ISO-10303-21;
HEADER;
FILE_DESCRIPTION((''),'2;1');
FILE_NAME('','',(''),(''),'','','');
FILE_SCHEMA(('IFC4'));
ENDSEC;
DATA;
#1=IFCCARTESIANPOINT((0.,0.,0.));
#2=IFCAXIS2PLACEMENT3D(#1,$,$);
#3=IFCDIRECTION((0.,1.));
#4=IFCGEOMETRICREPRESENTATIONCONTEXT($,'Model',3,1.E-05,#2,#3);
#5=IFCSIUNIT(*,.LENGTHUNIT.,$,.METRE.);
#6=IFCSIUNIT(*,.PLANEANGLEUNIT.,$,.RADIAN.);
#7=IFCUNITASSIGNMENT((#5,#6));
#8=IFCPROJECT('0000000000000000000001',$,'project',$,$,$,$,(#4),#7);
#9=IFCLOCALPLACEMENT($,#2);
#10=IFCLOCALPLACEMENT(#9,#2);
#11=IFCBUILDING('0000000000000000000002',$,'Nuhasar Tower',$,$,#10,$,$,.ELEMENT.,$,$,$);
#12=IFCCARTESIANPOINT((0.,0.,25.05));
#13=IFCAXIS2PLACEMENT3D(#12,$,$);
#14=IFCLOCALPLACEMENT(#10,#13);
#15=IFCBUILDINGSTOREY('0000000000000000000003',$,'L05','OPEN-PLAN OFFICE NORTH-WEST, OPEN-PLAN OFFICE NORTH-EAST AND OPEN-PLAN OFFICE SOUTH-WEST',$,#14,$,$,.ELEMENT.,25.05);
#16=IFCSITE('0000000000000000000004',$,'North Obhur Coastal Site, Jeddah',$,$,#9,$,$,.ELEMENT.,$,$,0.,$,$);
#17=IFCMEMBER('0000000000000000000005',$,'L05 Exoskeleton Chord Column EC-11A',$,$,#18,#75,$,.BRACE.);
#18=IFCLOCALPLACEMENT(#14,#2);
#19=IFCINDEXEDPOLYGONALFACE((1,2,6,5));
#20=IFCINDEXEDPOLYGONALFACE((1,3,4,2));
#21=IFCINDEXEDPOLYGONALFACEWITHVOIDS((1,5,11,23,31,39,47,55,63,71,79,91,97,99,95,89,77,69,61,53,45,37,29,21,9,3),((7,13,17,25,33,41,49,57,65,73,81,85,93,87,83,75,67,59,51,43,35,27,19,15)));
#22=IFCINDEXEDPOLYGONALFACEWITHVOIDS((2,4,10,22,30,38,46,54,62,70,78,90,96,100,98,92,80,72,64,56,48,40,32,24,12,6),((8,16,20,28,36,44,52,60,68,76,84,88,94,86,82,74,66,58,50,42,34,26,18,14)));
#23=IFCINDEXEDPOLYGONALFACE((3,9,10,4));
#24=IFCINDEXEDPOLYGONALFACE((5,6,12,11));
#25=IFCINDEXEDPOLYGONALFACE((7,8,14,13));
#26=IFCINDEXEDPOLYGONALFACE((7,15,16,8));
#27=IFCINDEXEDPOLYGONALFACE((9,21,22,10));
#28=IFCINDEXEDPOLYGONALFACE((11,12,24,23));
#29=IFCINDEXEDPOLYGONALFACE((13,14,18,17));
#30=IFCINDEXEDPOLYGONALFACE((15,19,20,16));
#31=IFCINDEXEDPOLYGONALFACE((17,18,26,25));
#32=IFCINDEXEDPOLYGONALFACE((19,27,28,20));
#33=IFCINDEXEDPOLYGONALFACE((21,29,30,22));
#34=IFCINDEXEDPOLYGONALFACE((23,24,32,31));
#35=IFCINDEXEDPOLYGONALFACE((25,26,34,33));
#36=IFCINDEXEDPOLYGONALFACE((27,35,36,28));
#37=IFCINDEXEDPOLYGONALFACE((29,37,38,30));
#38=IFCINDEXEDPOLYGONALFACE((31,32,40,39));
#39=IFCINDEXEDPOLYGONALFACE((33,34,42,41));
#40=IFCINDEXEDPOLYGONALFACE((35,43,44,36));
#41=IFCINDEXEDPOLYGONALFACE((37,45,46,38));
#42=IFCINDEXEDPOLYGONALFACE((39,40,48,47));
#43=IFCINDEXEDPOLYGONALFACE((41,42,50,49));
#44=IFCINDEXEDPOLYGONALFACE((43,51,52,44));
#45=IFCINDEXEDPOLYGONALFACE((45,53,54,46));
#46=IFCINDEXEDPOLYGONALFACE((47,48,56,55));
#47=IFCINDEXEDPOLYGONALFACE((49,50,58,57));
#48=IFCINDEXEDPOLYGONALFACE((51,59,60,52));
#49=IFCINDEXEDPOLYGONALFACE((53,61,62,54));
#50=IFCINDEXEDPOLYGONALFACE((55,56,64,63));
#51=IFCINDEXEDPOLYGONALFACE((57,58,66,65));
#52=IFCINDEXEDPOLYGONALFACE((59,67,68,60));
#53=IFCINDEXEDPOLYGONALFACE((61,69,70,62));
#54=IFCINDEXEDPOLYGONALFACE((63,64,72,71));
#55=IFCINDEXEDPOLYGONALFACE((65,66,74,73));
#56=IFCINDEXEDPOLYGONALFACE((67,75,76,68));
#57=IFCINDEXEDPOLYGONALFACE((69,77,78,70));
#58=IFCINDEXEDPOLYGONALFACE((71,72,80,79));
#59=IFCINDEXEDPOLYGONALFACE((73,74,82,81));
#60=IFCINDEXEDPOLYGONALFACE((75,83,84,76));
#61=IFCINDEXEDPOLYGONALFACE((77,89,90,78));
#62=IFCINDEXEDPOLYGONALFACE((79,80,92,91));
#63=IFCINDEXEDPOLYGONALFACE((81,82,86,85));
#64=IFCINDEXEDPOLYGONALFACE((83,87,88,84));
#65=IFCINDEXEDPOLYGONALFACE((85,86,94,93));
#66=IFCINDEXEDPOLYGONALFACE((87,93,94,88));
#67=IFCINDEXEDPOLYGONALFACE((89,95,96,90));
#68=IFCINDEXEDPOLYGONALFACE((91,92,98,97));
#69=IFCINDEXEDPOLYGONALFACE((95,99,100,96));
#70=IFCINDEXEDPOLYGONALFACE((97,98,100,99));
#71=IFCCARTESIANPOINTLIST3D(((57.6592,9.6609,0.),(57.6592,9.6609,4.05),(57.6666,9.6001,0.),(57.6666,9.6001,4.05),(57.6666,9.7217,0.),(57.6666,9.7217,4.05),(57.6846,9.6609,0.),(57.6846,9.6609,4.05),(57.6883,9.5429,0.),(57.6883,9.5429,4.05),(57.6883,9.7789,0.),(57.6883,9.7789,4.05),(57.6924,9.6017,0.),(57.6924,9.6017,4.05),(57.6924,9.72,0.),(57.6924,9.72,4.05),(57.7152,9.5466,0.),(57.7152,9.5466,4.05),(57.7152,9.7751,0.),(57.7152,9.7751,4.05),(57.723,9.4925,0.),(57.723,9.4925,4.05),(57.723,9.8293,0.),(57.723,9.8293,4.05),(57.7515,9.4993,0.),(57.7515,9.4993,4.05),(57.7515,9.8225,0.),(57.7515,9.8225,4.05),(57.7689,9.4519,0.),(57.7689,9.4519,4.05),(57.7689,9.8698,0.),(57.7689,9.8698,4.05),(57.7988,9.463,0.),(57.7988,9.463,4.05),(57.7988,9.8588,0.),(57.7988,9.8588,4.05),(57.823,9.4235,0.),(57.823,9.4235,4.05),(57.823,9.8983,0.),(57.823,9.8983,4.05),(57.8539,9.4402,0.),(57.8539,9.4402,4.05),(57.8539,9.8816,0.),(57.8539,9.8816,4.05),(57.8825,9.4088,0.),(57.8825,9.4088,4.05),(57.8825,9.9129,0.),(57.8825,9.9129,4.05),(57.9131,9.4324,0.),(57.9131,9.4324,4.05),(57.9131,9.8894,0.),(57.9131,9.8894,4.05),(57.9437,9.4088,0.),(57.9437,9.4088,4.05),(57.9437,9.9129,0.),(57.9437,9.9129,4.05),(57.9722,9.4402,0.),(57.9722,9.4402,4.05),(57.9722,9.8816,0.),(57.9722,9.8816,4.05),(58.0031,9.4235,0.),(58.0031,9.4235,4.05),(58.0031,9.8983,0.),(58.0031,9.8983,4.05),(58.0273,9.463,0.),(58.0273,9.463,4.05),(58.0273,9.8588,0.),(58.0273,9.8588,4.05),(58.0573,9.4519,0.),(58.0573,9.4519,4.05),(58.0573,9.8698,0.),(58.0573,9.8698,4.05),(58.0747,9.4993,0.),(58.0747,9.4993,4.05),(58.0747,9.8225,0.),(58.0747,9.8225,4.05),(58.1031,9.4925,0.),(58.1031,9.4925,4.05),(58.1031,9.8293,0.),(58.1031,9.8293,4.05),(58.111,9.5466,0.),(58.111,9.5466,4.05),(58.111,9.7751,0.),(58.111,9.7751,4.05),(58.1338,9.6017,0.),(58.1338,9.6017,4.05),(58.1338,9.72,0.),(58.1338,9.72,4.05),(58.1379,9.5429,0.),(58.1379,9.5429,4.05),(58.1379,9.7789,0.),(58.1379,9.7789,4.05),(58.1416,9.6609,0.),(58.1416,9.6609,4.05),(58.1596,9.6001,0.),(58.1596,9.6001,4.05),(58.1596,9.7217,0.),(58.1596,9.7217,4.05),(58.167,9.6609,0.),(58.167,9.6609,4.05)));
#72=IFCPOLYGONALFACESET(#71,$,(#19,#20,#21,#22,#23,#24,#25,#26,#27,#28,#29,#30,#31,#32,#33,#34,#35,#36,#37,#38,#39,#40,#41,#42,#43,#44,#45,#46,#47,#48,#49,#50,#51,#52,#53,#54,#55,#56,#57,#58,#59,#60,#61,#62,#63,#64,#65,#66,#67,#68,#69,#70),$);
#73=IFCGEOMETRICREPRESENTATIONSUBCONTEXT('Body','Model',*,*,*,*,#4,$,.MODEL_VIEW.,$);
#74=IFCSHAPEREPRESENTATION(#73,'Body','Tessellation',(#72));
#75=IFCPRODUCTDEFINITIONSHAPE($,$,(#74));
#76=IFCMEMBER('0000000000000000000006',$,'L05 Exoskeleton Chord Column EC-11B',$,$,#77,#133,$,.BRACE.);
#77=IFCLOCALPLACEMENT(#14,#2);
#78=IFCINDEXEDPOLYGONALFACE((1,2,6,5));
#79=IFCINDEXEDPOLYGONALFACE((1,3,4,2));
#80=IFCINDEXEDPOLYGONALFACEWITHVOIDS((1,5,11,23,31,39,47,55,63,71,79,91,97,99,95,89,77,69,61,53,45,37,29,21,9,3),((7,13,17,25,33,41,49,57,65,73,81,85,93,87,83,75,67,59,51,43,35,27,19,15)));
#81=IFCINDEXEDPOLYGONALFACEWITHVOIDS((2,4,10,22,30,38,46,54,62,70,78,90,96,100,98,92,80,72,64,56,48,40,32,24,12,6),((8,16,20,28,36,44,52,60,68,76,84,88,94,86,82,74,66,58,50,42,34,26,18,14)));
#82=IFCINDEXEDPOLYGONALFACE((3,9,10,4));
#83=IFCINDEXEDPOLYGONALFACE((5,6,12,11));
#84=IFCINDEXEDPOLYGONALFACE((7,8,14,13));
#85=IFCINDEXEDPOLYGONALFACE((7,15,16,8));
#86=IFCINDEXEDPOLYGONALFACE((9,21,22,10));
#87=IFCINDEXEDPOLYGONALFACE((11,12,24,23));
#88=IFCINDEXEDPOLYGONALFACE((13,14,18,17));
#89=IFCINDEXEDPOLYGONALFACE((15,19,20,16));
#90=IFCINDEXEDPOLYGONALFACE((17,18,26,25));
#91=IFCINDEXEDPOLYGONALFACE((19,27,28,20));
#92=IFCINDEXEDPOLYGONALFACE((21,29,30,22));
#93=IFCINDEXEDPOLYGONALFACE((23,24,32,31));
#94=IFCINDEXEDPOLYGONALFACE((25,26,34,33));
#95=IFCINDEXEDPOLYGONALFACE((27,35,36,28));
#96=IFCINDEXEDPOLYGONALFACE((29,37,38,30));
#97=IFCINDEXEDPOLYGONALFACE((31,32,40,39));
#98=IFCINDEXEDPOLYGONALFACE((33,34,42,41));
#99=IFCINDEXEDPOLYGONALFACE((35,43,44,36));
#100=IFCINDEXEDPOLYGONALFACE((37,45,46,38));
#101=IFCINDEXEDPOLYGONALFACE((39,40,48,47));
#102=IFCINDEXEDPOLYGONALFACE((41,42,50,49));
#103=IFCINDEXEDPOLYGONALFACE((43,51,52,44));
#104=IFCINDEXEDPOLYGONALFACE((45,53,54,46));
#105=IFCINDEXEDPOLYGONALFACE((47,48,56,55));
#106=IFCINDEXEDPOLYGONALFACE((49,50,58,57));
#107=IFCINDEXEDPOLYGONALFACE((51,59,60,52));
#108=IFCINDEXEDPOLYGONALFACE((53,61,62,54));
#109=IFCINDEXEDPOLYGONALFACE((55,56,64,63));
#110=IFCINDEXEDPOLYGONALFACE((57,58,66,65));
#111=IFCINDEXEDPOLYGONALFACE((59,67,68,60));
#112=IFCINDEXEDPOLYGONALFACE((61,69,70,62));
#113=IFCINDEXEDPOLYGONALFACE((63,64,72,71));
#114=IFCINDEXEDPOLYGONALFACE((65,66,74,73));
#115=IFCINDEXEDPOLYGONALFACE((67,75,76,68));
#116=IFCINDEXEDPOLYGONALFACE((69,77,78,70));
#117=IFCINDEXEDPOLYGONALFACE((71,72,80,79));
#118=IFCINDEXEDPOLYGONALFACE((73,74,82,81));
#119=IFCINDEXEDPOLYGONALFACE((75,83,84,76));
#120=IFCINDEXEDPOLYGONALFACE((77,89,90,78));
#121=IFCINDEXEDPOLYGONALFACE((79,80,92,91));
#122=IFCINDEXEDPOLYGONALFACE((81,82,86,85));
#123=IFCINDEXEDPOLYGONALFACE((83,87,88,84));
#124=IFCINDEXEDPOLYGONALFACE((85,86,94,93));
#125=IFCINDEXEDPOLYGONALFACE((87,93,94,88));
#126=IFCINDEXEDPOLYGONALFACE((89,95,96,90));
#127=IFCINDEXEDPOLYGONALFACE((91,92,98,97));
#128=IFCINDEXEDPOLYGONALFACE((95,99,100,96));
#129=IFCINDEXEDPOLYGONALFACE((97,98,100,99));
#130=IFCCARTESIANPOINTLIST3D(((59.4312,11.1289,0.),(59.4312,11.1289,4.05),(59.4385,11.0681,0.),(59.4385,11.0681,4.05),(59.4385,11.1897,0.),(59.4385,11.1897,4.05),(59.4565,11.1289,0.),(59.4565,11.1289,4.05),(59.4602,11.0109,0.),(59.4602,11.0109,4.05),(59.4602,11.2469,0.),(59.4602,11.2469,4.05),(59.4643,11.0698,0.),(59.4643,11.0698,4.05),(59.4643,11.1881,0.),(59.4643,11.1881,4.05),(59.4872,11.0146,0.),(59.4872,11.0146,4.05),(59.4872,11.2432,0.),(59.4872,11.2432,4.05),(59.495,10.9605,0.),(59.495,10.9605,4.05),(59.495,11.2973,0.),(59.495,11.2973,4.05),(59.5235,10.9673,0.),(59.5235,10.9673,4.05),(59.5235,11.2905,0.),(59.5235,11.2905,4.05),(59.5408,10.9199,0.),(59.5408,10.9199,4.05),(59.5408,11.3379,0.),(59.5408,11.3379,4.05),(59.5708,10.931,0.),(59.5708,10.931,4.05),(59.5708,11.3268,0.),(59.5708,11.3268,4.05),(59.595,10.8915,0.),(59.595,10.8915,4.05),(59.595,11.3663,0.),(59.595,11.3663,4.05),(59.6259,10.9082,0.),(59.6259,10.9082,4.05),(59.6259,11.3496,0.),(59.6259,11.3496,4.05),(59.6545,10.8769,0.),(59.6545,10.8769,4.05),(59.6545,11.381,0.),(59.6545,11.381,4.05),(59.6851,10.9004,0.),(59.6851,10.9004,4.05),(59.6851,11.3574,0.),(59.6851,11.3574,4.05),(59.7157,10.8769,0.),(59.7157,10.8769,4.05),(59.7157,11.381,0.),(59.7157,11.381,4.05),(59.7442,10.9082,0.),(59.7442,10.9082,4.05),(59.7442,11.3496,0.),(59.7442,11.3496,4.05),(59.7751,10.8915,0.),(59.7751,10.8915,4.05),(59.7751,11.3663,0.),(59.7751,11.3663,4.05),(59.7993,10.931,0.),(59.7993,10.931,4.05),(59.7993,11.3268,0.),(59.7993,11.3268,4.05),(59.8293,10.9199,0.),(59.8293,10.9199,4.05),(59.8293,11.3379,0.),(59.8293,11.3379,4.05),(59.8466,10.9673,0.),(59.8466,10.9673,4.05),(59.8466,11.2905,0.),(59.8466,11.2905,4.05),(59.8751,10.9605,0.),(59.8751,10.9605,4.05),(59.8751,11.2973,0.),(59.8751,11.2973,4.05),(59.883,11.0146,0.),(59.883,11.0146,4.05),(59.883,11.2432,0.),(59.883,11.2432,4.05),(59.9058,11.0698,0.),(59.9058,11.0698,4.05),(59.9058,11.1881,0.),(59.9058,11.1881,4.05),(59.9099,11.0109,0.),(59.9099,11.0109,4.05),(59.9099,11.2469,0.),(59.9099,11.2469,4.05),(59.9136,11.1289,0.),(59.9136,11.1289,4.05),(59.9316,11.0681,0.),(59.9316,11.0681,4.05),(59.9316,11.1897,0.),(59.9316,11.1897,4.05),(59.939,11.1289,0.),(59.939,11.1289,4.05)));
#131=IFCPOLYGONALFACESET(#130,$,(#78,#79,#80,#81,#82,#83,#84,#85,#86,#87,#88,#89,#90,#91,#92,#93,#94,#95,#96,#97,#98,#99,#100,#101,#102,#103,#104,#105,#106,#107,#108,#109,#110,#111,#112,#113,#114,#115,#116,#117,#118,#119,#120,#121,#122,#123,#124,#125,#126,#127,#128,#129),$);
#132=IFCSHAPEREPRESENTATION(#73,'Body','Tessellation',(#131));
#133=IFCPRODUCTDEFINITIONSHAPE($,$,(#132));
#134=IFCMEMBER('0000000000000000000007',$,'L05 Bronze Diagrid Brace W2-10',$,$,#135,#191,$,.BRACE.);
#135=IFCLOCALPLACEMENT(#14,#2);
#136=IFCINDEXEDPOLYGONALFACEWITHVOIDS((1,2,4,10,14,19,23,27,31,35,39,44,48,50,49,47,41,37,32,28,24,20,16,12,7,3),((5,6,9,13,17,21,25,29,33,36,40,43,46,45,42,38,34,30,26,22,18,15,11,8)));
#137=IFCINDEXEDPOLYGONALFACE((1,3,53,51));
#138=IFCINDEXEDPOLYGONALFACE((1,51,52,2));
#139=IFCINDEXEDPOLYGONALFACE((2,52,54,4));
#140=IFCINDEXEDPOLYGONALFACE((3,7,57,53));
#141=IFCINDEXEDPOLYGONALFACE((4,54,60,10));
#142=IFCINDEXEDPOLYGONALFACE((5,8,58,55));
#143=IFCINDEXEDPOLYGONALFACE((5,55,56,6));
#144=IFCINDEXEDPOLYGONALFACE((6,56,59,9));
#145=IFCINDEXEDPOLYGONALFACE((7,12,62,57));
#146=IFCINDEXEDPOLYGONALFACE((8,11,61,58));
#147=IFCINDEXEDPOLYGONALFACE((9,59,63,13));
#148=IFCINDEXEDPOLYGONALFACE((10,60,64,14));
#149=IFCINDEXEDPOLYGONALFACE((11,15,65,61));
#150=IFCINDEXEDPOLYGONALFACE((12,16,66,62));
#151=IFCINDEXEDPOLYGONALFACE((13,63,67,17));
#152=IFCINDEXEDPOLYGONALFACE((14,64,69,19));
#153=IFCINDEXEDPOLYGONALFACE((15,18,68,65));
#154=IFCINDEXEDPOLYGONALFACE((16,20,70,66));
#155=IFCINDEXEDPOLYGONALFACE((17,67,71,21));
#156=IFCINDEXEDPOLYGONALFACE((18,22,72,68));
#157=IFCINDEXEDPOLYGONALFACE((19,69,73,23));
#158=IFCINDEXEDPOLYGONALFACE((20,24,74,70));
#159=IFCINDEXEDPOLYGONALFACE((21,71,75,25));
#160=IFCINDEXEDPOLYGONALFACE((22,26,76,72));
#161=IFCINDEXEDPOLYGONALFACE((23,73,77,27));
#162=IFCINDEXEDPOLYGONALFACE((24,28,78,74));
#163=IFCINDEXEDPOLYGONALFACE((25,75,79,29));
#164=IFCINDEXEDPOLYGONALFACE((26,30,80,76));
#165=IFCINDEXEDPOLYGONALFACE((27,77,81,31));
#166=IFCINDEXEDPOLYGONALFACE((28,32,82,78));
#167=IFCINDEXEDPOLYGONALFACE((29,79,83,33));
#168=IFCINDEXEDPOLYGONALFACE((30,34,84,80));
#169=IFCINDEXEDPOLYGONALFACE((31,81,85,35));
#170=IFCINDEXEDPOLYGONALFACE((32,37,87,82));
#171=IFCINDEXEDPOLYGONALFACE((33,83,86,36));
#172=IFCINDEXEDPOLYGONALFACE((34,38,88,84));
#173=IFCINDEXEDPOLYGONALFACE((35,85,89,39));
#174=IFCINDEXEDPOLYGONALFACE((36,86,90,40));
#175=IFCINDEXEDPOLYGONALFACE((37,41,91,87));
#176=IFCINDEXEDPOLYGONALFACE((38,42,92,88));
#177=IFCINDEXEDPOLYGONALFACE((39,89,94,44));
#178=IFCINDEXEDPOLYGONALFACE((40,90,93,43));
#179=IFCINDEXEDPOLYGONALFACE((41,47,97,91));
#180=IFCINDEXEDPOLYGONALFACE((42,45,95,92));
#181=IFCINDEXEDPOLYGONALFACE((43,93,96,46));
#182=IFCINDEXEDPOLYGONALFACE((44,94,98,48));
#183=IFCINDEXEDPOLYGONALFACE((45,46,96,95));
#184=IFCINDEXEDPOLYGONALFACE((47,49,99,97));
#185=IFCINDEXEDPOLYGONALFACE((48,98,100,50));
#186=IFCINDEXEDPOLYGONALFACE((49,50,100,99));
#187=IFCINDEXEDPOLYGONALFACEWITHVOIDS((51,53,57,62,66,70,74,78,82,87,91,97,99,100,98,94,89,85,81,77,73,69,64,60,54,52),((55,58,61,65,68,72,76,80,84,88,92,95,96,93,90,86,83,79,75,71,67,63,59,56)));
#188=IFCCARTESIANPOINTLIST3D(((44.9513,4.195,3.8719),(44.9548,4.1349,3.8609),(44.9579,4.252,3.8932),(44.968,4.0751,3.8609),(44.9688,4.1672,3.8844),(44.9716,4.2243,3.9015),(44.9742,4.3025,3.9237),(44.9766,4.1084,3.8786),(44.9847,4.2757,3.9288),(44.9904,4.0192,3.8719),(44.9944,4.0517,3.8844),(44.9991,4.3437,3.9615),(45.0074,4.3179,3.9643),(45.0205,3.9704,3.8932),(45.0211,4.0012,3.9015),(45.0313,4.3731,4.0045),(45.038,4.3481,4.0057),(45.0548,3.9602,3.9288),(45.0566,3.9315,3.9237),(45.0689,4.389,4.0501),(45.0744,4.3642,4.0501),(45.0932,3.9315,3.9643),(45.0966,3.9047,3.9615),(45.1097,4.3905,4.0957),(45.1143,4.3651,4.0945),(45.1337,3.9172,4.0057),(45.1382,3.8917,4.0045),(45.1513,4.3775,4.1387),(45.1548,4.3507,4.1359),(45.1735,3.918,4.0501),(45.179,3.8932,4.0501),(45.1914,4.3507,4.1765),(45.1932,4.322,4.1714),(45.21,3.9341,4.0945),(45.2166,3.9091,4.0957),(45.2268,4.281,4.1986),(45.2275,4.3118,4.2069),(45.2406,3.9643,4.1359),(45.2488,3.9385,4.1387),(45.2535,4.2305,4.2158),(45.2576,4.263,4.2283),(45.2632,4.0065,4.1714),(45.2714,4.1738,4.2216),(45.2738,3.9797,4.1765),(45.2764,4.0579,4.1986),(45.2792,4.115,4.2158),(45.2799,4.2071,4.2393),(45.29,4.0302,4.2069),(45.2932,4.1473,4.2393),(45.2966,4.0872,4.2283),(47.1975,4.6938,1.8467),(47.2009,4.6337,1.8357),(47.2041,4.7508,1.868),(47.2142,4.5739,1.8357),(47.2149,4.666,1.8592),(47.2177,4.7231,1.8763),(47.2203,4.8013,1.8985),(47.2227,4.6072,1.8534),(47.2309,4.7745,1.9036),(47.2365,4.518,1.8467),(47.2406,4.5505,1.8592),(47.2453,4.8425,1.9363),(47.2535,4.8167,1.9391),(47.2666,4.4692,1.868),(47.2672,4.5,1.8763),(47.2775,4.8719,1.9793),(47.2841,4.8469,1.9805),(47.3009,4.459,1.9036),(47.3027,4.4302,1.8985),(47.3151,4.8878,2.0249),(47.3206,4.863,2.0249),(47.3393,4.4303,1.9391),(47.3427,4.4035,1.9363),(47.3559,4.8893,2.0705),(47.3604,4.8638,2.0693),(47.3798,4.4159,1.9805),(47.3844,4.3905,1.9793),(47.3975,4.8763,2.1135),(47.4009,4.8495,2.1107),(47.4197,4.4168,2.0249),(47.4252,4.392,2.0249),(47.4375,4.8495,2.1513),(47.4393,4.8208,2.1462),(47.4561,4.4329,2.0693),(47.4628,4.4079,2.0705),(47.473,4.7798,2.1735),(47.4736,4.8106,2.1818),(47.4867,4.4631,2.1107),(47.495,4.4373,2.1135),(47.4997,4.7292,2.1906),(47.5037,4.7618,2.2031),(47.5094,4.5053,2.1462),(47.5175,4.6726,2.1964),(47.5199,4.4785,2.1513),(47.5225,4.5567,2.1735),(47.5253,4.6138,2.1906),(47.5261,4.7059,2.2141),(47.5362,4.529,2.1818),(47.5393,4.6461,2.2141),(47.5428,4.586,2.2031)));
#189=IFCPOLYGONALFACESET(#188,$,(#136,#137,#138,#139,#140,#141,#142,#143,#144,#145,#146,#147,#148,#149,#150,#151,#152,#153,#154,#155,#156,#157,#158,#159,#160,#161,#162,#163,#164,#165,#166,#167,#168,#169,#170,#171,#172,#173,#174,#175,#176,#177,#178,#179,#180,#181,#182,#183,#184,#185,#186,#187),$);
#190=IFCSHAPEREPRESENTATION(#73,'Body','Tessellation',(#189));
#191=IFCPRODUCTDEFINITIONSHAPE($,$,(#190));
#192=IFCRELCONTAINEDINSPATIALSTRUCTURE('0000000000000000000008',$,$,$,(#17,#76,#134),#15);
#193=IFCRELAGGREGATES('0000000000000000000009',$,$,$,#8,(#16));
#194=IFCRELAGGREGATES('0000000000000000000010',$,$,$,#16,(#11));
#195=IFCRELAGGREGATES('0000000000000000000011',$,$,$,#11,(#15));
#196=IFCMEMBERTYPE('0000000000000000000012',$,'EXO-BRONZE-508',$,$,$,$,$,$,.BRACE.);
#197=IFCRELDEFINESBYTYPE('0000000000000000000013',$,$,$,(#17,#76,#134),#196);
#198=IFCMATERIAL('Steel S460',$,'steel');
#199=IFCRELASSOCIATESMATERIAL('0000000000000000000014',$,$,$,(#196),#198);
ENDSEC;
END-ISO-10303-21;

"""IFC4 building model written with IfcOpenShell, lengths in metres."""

from ifc_helpers import new_model, si_unit, direction, frame, origin, origin_2d, place, context, subcontext, project, spatial, hollow_circle, extrude, material, material_profile, profile_set, type_object, element, save


model = new_model("IFC4")

# Units and contexts
model_context = context("Model", 3, precision=1e-05, world=origin(), true_north=direction((0.0, 1.0)))
body_context = subcontext(model_context, "Body", "Model", "MODEL_VIEW")
ifc_project = project(units=[si_unit("LENGTHUNIT", "METRE"), si_unit("PLANEANGLEUNIT", "RADIAN")], contexts=[model_context])

# Site, building, storey
site_placement = place(None, origin())
site = spatial("IfcSite", under=ifc_project, at=site_placement, Name="North Obhur Coastal Site, Jeddah", CompositionType="ELEMENT", RefElevation=0.0)
building_placement = place(site_placement, origin())
building = spatial("IfcBuilding", under=site, at=building_placement, Name="Nuhasar Tower", CompositionType="ELEMENT")
storey_placement = place(building_placement, frame((0.0, 0.0, 25.05)))
storey = spatial("IfcBuildingStorey", under=building, at=storey_placement, Name="L05", Description="OPEN-PLAN OFFICE NORTH-WEST, OPEN-PLAN OFFICE NORTH-EAST AND OPEN-PLAN OFFICE SOUTH-WEST", CompositionType="ELEMENT", Elevation=25.05)

# Members
ifc_material_1 = material(Name="Steel S460", Category="steel")
ifc_material_profile_1 = material_profile(ifc_material_1, hollow_circle(Radius=0.2539, WallThickness=0.0254, at=origin_2d()), Name="HSS508X25.4")
ifc_profile_set_1 = profile_set([ifc_material_profile_1], Name="Steel S460")
member_type_1 = type_object("IfcMemberType", Name="EXO-BRONZE-508", PredefinedType="BRACE", material=ifc_profile_set_1)
for number, where, z_axis, x_axis, name in (
    (1, (57.9131, 9.6609, 0.0), (0.0, 0.0, 1.0), (1.0, 0.0, 0.0), "L05 Exoskeleton Chord Column EC-11A"),
    (2, (59.6851, 11.1289, 0.0), (0.0, 0.0, 1.0), (1.0, 0.0, 0.0), "L05 Exoskeleton Chord Column EC-11B"),
):
    element("IfcMember", number, at=place(storey_placement, frame(where, z_axis=z_axis, x_axis=x_axis)), inside=storey, type_object=member_type_1, Name=name, PredefinedType="BRACE", context=body_context, shape_type="SweptSolid", body=[
        extrude(hollow_circle(Radius=0.2539, WallThickness=0.0254, at=origin_2d()), origin(), (0.0, 0.0, 1.0), 4.05),
    ])
for number, where, z_axis, x_axis, name in (
    (3, (47.3701, 4.6399, 2.0249), (-0.732792, -0.162728, 0.660708), (0.216784, -0.97622, 0.0), "L05 Bronze Diagrid Brace W2-10"),
):
    element("IfcMember", number, at=place(storey_placement, frame(where, z_axis=z_axis, x_axis=x_axis)), inside=storey, type_object=member_type_1, Name=name, PredefinedType="BRACE", context=body_context, shape_type="SweptSolid", body=[
        extrude(hollow_circle(Radius=0.2539, WallThickness=0.0254, at=origin_2d()), origin(), (0.0, 0.0, 1.0), 3.0652),
    ])

save(model, "model.ifc")
